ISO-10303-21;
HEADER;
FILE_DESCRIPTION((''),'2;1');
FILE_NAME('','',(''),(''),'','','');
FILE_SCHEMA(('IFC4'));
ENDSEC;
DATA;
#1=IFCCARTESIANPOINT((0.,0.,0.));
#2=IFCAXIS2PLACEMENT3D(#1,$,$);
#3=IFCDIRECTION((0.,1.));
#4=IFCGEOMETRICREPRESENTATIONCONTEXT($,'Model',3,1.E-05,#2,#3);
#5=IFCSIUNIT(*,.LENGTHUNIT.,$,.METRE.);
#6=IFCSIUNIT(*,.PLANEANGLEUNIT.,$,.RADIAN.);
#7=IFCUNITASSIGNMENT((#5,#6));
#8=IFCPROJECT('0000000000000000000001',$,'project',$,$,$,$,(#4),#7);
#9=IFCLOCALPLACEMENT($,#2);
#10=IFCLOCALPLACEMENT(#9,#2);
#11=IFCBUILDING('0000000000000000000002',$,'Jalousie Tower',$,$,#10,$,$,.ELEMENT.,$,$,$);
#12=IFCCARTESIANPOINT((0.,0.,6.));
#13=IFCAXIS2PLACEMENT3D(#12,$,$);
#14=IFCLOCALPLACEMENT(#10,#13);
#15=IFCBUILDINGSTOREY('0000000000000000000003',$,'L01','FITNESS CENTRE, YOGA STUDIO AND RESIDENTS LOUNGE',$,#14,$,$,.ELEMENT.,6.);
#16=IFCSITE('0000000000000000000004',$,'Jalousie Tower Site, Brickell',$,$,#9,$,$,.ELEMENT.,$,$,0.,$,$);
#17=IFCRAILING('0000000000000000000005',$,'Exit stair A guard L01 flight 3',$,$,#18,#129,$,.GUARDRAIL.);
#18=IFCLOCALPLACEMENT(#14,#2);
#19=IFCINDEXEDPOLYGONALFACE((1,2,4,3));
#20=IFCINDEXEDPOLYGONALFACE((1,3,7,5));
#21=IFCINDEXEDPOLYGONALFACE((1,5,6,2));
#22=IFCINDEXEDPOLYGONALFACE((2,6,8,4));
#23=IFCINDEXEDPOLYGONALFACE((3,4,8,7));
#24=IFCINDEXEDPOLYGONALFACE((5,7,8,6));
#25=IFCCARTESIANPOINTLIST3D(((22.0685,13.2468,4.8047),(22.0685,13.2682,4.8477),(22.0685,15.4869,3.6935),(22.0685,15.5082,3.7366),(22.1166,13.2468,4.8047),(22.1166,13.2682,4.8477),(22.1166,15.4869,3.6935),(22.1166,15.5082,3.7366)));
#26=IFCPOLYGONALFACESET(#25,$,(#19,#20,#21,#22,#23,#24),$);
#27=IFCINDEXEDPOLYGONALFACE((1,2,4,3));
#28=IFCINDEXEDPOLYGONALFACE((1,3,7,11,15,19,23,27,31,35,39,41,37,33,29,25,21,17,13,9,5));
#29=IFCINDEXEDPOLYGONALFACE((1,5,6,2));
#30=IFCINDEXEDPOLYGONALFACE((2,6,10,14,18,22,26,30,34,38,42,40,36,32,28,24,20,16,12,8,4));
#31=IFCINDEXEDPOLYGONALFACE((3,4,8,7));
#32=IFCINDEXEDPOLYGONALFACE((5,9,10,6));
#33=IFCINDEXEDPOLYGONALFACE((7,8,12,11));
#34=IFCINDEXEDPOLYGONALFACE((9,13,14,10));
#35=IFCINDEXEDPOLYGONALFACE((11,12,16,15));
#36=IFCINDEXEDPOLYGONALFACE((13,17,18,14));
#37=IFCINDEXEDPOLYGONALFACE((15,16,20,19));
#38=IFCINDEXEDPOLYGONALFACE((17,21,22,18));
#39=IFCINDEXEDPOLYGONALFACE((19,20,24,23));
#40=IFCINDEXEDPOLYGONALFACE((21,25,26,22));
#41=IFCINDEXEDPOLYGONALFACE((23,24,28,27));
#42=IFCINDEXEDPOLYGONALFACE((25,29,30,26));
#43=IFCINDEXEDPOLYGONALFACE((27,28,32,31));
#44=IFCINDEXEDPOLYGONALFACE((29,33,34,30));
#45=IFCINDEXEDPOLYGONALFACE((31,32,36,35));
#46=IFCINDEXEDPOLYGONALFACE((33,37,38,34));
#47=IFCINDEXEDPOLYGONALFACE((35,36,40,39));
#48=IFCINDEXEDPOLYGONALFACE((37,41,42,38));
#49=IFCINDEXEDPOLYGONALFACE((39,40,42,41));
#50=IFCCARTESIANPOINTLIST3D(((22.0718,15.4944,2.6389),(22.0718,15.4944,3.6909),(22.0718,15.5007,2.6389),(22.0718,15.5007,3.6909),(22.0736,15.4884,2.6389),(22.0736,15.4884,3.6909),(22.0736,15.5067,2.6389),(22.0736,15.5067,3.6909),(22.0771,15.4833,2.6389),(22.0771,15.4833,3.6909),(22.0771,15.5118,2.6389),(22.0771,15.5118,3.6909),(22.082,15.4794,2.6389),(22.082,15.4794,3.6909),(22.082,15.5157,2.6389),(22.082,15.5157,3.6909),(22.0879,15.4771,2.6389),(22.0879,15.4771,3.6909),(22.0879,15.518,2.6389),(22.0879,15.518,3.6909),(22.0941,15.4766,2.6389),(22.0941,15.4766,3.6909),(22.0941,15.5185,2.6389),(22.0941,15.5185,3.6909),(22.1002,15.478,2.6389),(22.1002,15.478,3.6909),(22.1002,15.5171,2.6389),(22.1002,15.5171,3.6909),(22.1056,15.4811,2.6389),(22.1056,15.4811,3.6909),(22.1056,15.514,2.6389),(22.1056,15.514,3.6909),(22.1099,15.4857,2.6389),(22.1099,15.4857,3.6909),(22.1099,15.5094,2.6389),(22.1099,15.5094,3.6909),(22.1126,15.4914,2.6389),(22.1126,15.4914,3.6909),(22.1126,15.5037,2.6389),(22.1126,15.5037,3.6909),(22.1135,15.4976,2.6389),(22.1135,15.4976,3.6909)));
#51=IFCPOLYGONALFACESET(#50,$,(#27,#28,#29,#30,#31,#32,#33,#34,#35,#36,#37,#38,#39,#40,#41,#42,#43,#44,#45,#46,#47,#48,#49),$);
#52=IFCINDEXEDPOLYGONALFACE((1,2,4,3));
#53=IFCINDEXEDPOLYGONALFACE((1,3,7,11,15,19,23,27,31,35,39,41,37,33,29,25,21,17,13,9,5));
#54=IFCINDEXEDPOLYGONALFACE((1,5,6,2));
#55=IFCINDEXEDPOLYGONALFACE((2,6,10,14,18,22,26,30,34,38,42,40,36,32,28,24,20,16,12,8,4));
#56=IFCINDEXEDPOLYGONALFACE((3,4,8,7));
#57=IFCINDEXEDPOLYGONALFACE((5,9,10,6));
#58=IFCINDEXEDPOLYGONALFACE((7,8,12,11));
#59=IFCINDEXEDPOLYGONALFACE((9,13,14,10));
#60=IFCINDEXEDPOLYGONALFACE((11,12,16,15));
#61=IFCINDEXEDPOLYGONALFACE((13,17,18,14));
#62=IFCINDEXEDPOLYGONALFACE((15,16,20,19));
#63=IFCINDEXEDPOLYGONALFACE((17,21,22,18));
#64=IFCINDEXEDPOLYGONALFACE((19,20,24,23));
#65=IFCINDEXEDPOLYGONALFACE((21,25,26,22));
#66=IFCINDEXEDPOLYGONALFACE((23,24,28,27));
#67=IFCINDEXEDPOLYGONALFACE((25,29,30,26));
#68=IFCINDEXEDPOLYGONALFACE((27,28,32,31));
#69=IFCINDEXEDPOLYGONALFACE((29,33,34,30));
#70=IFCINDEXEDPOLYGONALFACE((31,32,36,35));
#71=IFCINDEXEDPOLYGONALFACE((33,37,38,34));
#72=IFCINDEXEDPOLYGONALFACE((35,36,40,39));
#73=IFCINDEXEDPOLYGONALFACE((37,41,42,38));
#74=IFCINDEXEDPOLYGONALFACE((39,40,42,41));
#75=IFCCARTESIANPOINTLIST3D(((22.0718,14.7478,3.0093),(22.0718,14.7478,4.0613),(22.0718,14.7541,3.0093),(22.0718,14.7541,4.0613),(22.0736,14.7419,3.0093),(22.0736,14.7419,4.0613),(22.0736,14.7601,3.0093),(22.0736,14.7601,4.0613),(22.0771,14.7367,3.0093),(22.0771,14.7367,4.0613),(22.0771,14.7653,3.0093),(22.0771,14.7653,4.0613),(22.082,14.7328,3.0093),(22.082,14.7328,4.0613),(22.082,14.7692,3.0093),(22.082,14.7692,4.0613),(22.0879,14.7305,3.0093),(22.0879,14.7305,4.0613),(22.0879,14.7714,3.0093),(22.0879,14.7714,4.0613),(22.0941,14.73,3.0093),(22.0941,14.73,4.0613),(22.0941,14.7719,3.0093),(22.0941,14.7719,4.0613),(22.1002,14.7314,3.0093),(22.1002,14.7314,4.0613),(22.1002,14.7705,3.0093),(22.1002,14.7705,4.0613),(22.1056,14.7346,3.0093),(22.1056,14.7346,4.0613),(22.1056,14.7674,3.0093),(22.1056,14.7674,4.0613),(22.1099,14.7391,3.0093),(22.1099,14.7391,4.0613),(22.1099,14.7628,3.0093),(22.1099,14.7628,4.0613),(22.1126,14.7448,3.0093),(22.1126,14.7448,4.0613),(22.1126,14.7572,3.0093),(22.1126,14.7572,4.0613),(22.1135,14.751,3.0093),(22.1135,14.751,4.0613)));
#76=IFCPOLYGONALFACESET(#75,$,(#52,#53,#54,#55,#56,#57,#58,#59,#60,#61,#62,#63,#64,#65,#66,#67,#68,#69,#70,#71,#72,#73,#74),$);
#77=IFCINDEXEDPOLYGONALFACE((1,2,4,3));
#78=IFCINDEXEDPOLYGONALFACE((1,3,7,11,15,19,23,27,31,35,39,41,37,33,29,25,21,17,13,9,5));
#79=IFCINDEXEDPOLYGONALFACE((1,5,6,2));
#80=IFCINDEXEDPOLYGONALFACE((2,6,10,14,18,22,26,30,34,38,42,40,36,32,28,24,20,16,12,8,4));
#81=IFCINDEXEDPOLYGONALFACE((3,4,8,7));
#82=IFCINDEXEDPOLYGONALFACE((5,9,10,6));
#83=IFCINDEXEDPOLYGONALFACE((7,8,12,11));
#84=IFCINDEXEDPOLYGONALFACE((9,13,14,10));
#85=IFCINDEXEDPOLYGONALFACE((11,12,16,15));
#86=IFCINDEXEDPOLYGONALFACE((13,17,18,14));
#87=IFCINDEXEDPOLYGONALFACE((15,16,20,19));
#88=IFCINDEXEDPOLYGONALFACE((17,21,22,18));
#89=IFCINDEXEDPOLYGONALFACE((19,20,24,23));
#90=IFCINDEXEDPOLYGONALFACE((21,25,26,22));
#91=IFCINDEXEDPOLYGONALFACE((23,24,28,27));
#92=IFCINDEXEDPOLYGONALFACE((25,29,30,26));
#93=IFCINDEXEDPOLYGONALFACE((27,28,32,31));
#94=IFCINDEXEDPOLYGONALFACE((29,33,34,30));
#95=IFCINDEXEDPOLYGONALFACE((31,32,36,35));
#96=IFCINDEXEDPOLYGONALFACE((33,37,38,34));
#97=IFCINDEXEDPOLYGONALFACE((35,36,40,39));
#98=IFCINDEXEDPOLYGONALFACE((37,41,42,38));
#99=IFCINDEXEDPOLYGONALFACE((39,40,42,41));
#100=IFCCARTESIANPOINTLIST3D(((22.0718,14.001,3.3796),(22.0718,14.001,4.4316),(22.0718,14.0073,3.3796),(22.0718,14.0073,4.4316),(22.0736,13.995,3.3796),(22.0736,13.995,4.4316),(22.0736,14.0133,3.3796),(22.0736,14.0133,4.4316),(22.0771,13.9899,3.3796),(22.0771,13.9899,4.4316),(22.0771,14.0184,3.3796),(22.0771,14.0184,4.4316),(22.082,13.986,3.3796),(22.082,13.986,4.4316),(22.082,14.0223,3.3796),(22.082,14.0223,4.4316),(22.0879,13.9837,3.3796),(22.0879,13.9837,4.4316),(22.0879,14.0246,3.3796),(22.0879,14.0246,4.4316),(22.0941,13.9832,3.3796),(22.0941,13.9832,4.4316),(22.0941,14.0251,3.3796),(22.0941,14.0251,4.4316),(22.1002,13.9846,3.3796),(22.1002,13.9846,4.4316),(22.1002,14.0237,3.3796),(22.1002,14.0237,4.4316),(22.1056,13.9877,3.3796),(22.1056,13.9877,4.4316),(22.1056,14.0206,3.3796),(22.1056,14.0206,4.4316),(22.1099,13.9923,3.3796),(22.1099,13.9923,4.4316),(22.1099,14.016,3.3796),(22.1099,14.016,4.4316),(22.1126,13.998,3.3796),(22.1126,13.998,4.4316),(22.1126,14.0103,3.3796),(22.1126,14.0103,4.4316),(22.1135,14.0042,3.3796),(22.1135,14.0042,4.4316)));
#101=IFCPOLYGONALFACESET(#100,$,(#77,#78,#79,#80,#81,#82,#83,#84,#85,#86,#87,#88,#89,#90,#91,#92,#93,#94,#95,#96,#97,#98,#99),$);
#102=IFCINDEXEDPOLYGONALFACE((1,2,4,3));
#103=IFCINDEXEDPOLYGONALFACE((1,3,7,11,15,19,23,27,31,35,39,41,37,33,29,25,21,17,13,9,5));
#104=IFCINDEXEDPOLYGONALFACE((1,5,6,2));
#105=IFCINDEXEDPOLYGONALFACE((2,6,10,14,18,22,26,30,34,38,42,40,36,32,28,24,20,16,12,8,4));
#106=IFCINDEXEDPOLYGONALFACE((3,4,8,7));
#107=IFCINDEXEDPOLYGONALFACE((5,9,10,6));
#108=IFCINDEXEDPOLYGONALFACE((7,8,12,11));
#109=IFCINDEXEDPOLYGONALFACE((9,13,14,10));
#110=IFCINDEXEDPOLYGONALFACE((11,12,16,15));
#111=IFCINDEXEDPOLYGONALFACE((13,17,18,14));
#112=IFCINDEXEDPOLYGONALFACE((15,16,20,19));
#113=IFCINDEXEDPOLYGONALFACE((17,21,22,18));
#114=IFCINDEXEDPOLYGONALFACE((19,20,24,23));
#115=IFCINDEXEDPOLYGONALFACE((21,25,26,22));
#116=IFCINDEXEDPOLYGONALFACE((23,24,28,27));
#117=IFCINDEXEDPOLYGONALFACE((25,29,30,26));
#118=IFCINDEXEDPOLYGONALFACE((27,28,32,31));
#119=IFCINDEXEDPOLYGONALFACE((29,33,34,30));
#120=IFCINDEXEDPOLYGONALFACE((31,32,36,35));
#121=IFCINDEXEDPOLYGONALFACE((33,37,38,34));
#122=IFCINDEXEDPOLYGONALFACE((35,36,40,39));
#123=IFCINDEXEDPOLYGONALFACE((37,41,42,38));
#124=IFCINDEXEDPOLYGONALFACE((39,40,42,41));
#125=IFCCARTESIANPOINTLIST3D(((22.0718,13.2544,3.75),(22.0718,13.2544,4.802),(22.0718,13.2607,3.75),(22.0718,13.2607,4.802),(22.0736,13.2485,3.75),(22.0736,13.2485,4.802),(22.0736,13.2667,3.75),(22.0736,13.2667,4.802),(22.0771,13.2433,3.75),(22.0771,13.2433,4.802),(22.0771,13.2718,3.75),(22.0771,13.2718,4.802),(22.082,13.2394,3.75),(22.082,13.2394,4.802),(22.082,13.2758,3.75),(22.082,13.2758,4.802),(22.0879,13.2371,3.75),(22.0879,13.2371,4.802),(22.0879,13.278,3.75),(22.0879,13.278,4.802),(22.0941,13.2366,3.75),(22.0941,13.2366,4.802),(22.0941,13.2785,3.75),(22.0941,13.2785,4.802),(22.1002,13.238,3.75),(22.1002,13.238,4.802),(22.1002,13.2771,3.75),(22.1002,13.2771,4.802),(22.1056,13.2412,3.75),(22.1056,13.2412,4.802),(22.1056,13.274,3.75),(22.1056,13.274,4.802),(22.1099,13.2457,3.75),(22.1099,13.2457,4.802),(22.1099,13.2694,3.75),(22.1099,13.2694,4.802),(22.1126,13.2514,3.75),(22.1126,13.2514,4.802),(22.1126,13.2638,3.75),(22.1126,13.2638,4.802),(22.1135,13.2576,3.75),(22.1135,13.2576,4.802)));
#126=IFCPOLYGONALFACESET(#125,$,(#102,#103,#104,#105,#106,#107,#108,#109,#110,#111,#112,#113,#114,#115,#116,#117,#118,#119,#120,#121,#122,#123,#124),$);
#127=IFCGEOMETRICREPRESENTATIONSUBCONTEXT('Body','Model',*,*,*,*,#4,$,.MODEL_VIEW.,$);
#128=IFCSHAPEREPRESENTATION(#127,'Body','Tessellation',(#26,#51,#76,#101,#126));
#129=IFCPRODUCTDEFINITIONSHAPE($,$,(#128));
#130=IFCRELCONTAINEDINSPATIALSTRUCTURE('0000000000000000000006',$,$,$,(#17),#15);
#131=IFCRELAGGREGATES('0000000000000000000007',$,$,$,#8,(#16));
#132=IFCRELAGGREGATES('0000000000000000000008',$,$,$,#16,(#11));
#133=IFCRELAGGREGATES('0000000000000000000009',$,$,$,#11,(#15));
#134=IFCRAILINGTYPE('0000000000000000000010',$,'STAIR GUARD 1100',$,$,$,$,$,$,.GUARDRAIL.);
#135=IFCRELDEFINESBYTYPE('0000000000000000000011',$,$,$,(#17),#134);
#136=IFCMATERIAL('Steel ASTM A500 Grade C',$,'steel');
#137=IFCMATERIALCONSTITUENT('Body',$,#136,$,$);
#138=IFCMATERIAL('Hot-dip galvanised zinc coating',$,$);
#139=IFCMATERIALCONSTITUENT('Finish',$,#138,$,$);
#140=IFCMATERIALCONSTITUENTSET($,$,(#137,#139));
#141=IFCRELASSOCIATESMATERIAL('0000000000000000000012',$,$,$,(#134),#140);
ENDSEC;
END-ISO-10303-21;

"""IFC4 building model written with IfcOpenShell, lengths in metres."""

from ifc_helpers import new_model, si_unit, direction, frame, origin, origin_2d, place, context, subcontext, project, spatial, rectangle, circle, extrude, material, constituent, constituent_set, type_object, element, save


model = new_model("IFC4")

# Units and contexts
model_context = context("Model", 3, precision=1e-05, world=origin(), true_north=direction((0.0, 1.0)))
body_context = subcontext(model_context, "Body", "Model", "MODEL_VIEW")
ifc_project = project(units=[si_unit("LENGTHUNIT", "METRE"), si_unit("PLANEANGLEUNIT", "RADIAN")], contexts=[model_context])

# Site, building, storey
site_placement = place(None, origin())
site = spatial("IfcSite", under=ifc_project, at=site_placement, Name="Jalousie Tower Site, Brickell", CompositionType="ELEMENT", RefElevation=0.0)
building_placement = place(site_placement, origin())
building = spatial("IfcBuilding", under=site, at=building_placement, Name="Jalousie Tower", CompositionType="ELEMENT")
storey_placement = place(building_placement, frame((0.0, 0.0, 6.0)))
storey = spatial("IfcBuildingStorey", under=building, at=storey_placement, Name="L01", Description="FITNESS CENTRE, YOGA STUDIO AND RESIDENTS LOUNGE", CompositionType="ELEMENT", Elevation=6.0)

# Railing
ifc_material_1 = material(Name="Steel ASTM A500 Grade C", Category="steel")
ifc_constituent_1 = constituent(ifc_material_1, Name="Body")
ifc_material_2 = material(Name="Hot-dip galvanised zinc coating")
ifc_constituent_2 = constituent(ifc_material_2, Name="Finish")
ifc_constituent_set_1 = constituent_set(constituents=[ifc_constituent_1, ifc_constituent_2])
railing_type_1 = type_object("IfcRailingType", Name="STAIR GUARD 1100", PredefinedType="GUARDRAIL", material=ifc_constituent_set_1)
railing_1_placement = place(storey_placement, frame((22.0925, 15.4976, 2.6389)))
element("IfcRailing", 1, at=railing_1_placement, inside=storey, type_object=railing_type_1, Name="Exit stair A guard L01 flight 3", PredefinedType="GUARDRAIL", context=body_context, shape_type="SweptSolid", body=[
    extrude(rectangle(XDim=0.0481, YDim=0.0481, at=origin_2d()), frame((0.0, 0.0, 1.0762), z_axis=(0.0, -0.895848, 0.44436), x_axis=(1.0, 0.0, 0.0)), (0.0, 0.0, 1.0), 2.5005),
    extrude(circle(Radius=0.021, at=origin_2d()), origin(), (0.0, 0.0, 1.0), 1.052),
    extrude(circle(Radius=0.021, at=origin_2d()), frame((0.0, -0.7466, 0.3704)), (0.0, 0.0, 1.0), 1.052),
    extrude(circle(Radius=0.021, at=origin_2d()), frame((0.0, -1.4934, 0.7407)), (0.0, 0.0, 1.0), 1.052),
    extrude(circle(Radius=0.021, at=origin_2d()), frame((0.0, -2.24, 1.1111)), (0.0, 0.0, 1.0), 1.052),
])

save(model, "model.ifc")
